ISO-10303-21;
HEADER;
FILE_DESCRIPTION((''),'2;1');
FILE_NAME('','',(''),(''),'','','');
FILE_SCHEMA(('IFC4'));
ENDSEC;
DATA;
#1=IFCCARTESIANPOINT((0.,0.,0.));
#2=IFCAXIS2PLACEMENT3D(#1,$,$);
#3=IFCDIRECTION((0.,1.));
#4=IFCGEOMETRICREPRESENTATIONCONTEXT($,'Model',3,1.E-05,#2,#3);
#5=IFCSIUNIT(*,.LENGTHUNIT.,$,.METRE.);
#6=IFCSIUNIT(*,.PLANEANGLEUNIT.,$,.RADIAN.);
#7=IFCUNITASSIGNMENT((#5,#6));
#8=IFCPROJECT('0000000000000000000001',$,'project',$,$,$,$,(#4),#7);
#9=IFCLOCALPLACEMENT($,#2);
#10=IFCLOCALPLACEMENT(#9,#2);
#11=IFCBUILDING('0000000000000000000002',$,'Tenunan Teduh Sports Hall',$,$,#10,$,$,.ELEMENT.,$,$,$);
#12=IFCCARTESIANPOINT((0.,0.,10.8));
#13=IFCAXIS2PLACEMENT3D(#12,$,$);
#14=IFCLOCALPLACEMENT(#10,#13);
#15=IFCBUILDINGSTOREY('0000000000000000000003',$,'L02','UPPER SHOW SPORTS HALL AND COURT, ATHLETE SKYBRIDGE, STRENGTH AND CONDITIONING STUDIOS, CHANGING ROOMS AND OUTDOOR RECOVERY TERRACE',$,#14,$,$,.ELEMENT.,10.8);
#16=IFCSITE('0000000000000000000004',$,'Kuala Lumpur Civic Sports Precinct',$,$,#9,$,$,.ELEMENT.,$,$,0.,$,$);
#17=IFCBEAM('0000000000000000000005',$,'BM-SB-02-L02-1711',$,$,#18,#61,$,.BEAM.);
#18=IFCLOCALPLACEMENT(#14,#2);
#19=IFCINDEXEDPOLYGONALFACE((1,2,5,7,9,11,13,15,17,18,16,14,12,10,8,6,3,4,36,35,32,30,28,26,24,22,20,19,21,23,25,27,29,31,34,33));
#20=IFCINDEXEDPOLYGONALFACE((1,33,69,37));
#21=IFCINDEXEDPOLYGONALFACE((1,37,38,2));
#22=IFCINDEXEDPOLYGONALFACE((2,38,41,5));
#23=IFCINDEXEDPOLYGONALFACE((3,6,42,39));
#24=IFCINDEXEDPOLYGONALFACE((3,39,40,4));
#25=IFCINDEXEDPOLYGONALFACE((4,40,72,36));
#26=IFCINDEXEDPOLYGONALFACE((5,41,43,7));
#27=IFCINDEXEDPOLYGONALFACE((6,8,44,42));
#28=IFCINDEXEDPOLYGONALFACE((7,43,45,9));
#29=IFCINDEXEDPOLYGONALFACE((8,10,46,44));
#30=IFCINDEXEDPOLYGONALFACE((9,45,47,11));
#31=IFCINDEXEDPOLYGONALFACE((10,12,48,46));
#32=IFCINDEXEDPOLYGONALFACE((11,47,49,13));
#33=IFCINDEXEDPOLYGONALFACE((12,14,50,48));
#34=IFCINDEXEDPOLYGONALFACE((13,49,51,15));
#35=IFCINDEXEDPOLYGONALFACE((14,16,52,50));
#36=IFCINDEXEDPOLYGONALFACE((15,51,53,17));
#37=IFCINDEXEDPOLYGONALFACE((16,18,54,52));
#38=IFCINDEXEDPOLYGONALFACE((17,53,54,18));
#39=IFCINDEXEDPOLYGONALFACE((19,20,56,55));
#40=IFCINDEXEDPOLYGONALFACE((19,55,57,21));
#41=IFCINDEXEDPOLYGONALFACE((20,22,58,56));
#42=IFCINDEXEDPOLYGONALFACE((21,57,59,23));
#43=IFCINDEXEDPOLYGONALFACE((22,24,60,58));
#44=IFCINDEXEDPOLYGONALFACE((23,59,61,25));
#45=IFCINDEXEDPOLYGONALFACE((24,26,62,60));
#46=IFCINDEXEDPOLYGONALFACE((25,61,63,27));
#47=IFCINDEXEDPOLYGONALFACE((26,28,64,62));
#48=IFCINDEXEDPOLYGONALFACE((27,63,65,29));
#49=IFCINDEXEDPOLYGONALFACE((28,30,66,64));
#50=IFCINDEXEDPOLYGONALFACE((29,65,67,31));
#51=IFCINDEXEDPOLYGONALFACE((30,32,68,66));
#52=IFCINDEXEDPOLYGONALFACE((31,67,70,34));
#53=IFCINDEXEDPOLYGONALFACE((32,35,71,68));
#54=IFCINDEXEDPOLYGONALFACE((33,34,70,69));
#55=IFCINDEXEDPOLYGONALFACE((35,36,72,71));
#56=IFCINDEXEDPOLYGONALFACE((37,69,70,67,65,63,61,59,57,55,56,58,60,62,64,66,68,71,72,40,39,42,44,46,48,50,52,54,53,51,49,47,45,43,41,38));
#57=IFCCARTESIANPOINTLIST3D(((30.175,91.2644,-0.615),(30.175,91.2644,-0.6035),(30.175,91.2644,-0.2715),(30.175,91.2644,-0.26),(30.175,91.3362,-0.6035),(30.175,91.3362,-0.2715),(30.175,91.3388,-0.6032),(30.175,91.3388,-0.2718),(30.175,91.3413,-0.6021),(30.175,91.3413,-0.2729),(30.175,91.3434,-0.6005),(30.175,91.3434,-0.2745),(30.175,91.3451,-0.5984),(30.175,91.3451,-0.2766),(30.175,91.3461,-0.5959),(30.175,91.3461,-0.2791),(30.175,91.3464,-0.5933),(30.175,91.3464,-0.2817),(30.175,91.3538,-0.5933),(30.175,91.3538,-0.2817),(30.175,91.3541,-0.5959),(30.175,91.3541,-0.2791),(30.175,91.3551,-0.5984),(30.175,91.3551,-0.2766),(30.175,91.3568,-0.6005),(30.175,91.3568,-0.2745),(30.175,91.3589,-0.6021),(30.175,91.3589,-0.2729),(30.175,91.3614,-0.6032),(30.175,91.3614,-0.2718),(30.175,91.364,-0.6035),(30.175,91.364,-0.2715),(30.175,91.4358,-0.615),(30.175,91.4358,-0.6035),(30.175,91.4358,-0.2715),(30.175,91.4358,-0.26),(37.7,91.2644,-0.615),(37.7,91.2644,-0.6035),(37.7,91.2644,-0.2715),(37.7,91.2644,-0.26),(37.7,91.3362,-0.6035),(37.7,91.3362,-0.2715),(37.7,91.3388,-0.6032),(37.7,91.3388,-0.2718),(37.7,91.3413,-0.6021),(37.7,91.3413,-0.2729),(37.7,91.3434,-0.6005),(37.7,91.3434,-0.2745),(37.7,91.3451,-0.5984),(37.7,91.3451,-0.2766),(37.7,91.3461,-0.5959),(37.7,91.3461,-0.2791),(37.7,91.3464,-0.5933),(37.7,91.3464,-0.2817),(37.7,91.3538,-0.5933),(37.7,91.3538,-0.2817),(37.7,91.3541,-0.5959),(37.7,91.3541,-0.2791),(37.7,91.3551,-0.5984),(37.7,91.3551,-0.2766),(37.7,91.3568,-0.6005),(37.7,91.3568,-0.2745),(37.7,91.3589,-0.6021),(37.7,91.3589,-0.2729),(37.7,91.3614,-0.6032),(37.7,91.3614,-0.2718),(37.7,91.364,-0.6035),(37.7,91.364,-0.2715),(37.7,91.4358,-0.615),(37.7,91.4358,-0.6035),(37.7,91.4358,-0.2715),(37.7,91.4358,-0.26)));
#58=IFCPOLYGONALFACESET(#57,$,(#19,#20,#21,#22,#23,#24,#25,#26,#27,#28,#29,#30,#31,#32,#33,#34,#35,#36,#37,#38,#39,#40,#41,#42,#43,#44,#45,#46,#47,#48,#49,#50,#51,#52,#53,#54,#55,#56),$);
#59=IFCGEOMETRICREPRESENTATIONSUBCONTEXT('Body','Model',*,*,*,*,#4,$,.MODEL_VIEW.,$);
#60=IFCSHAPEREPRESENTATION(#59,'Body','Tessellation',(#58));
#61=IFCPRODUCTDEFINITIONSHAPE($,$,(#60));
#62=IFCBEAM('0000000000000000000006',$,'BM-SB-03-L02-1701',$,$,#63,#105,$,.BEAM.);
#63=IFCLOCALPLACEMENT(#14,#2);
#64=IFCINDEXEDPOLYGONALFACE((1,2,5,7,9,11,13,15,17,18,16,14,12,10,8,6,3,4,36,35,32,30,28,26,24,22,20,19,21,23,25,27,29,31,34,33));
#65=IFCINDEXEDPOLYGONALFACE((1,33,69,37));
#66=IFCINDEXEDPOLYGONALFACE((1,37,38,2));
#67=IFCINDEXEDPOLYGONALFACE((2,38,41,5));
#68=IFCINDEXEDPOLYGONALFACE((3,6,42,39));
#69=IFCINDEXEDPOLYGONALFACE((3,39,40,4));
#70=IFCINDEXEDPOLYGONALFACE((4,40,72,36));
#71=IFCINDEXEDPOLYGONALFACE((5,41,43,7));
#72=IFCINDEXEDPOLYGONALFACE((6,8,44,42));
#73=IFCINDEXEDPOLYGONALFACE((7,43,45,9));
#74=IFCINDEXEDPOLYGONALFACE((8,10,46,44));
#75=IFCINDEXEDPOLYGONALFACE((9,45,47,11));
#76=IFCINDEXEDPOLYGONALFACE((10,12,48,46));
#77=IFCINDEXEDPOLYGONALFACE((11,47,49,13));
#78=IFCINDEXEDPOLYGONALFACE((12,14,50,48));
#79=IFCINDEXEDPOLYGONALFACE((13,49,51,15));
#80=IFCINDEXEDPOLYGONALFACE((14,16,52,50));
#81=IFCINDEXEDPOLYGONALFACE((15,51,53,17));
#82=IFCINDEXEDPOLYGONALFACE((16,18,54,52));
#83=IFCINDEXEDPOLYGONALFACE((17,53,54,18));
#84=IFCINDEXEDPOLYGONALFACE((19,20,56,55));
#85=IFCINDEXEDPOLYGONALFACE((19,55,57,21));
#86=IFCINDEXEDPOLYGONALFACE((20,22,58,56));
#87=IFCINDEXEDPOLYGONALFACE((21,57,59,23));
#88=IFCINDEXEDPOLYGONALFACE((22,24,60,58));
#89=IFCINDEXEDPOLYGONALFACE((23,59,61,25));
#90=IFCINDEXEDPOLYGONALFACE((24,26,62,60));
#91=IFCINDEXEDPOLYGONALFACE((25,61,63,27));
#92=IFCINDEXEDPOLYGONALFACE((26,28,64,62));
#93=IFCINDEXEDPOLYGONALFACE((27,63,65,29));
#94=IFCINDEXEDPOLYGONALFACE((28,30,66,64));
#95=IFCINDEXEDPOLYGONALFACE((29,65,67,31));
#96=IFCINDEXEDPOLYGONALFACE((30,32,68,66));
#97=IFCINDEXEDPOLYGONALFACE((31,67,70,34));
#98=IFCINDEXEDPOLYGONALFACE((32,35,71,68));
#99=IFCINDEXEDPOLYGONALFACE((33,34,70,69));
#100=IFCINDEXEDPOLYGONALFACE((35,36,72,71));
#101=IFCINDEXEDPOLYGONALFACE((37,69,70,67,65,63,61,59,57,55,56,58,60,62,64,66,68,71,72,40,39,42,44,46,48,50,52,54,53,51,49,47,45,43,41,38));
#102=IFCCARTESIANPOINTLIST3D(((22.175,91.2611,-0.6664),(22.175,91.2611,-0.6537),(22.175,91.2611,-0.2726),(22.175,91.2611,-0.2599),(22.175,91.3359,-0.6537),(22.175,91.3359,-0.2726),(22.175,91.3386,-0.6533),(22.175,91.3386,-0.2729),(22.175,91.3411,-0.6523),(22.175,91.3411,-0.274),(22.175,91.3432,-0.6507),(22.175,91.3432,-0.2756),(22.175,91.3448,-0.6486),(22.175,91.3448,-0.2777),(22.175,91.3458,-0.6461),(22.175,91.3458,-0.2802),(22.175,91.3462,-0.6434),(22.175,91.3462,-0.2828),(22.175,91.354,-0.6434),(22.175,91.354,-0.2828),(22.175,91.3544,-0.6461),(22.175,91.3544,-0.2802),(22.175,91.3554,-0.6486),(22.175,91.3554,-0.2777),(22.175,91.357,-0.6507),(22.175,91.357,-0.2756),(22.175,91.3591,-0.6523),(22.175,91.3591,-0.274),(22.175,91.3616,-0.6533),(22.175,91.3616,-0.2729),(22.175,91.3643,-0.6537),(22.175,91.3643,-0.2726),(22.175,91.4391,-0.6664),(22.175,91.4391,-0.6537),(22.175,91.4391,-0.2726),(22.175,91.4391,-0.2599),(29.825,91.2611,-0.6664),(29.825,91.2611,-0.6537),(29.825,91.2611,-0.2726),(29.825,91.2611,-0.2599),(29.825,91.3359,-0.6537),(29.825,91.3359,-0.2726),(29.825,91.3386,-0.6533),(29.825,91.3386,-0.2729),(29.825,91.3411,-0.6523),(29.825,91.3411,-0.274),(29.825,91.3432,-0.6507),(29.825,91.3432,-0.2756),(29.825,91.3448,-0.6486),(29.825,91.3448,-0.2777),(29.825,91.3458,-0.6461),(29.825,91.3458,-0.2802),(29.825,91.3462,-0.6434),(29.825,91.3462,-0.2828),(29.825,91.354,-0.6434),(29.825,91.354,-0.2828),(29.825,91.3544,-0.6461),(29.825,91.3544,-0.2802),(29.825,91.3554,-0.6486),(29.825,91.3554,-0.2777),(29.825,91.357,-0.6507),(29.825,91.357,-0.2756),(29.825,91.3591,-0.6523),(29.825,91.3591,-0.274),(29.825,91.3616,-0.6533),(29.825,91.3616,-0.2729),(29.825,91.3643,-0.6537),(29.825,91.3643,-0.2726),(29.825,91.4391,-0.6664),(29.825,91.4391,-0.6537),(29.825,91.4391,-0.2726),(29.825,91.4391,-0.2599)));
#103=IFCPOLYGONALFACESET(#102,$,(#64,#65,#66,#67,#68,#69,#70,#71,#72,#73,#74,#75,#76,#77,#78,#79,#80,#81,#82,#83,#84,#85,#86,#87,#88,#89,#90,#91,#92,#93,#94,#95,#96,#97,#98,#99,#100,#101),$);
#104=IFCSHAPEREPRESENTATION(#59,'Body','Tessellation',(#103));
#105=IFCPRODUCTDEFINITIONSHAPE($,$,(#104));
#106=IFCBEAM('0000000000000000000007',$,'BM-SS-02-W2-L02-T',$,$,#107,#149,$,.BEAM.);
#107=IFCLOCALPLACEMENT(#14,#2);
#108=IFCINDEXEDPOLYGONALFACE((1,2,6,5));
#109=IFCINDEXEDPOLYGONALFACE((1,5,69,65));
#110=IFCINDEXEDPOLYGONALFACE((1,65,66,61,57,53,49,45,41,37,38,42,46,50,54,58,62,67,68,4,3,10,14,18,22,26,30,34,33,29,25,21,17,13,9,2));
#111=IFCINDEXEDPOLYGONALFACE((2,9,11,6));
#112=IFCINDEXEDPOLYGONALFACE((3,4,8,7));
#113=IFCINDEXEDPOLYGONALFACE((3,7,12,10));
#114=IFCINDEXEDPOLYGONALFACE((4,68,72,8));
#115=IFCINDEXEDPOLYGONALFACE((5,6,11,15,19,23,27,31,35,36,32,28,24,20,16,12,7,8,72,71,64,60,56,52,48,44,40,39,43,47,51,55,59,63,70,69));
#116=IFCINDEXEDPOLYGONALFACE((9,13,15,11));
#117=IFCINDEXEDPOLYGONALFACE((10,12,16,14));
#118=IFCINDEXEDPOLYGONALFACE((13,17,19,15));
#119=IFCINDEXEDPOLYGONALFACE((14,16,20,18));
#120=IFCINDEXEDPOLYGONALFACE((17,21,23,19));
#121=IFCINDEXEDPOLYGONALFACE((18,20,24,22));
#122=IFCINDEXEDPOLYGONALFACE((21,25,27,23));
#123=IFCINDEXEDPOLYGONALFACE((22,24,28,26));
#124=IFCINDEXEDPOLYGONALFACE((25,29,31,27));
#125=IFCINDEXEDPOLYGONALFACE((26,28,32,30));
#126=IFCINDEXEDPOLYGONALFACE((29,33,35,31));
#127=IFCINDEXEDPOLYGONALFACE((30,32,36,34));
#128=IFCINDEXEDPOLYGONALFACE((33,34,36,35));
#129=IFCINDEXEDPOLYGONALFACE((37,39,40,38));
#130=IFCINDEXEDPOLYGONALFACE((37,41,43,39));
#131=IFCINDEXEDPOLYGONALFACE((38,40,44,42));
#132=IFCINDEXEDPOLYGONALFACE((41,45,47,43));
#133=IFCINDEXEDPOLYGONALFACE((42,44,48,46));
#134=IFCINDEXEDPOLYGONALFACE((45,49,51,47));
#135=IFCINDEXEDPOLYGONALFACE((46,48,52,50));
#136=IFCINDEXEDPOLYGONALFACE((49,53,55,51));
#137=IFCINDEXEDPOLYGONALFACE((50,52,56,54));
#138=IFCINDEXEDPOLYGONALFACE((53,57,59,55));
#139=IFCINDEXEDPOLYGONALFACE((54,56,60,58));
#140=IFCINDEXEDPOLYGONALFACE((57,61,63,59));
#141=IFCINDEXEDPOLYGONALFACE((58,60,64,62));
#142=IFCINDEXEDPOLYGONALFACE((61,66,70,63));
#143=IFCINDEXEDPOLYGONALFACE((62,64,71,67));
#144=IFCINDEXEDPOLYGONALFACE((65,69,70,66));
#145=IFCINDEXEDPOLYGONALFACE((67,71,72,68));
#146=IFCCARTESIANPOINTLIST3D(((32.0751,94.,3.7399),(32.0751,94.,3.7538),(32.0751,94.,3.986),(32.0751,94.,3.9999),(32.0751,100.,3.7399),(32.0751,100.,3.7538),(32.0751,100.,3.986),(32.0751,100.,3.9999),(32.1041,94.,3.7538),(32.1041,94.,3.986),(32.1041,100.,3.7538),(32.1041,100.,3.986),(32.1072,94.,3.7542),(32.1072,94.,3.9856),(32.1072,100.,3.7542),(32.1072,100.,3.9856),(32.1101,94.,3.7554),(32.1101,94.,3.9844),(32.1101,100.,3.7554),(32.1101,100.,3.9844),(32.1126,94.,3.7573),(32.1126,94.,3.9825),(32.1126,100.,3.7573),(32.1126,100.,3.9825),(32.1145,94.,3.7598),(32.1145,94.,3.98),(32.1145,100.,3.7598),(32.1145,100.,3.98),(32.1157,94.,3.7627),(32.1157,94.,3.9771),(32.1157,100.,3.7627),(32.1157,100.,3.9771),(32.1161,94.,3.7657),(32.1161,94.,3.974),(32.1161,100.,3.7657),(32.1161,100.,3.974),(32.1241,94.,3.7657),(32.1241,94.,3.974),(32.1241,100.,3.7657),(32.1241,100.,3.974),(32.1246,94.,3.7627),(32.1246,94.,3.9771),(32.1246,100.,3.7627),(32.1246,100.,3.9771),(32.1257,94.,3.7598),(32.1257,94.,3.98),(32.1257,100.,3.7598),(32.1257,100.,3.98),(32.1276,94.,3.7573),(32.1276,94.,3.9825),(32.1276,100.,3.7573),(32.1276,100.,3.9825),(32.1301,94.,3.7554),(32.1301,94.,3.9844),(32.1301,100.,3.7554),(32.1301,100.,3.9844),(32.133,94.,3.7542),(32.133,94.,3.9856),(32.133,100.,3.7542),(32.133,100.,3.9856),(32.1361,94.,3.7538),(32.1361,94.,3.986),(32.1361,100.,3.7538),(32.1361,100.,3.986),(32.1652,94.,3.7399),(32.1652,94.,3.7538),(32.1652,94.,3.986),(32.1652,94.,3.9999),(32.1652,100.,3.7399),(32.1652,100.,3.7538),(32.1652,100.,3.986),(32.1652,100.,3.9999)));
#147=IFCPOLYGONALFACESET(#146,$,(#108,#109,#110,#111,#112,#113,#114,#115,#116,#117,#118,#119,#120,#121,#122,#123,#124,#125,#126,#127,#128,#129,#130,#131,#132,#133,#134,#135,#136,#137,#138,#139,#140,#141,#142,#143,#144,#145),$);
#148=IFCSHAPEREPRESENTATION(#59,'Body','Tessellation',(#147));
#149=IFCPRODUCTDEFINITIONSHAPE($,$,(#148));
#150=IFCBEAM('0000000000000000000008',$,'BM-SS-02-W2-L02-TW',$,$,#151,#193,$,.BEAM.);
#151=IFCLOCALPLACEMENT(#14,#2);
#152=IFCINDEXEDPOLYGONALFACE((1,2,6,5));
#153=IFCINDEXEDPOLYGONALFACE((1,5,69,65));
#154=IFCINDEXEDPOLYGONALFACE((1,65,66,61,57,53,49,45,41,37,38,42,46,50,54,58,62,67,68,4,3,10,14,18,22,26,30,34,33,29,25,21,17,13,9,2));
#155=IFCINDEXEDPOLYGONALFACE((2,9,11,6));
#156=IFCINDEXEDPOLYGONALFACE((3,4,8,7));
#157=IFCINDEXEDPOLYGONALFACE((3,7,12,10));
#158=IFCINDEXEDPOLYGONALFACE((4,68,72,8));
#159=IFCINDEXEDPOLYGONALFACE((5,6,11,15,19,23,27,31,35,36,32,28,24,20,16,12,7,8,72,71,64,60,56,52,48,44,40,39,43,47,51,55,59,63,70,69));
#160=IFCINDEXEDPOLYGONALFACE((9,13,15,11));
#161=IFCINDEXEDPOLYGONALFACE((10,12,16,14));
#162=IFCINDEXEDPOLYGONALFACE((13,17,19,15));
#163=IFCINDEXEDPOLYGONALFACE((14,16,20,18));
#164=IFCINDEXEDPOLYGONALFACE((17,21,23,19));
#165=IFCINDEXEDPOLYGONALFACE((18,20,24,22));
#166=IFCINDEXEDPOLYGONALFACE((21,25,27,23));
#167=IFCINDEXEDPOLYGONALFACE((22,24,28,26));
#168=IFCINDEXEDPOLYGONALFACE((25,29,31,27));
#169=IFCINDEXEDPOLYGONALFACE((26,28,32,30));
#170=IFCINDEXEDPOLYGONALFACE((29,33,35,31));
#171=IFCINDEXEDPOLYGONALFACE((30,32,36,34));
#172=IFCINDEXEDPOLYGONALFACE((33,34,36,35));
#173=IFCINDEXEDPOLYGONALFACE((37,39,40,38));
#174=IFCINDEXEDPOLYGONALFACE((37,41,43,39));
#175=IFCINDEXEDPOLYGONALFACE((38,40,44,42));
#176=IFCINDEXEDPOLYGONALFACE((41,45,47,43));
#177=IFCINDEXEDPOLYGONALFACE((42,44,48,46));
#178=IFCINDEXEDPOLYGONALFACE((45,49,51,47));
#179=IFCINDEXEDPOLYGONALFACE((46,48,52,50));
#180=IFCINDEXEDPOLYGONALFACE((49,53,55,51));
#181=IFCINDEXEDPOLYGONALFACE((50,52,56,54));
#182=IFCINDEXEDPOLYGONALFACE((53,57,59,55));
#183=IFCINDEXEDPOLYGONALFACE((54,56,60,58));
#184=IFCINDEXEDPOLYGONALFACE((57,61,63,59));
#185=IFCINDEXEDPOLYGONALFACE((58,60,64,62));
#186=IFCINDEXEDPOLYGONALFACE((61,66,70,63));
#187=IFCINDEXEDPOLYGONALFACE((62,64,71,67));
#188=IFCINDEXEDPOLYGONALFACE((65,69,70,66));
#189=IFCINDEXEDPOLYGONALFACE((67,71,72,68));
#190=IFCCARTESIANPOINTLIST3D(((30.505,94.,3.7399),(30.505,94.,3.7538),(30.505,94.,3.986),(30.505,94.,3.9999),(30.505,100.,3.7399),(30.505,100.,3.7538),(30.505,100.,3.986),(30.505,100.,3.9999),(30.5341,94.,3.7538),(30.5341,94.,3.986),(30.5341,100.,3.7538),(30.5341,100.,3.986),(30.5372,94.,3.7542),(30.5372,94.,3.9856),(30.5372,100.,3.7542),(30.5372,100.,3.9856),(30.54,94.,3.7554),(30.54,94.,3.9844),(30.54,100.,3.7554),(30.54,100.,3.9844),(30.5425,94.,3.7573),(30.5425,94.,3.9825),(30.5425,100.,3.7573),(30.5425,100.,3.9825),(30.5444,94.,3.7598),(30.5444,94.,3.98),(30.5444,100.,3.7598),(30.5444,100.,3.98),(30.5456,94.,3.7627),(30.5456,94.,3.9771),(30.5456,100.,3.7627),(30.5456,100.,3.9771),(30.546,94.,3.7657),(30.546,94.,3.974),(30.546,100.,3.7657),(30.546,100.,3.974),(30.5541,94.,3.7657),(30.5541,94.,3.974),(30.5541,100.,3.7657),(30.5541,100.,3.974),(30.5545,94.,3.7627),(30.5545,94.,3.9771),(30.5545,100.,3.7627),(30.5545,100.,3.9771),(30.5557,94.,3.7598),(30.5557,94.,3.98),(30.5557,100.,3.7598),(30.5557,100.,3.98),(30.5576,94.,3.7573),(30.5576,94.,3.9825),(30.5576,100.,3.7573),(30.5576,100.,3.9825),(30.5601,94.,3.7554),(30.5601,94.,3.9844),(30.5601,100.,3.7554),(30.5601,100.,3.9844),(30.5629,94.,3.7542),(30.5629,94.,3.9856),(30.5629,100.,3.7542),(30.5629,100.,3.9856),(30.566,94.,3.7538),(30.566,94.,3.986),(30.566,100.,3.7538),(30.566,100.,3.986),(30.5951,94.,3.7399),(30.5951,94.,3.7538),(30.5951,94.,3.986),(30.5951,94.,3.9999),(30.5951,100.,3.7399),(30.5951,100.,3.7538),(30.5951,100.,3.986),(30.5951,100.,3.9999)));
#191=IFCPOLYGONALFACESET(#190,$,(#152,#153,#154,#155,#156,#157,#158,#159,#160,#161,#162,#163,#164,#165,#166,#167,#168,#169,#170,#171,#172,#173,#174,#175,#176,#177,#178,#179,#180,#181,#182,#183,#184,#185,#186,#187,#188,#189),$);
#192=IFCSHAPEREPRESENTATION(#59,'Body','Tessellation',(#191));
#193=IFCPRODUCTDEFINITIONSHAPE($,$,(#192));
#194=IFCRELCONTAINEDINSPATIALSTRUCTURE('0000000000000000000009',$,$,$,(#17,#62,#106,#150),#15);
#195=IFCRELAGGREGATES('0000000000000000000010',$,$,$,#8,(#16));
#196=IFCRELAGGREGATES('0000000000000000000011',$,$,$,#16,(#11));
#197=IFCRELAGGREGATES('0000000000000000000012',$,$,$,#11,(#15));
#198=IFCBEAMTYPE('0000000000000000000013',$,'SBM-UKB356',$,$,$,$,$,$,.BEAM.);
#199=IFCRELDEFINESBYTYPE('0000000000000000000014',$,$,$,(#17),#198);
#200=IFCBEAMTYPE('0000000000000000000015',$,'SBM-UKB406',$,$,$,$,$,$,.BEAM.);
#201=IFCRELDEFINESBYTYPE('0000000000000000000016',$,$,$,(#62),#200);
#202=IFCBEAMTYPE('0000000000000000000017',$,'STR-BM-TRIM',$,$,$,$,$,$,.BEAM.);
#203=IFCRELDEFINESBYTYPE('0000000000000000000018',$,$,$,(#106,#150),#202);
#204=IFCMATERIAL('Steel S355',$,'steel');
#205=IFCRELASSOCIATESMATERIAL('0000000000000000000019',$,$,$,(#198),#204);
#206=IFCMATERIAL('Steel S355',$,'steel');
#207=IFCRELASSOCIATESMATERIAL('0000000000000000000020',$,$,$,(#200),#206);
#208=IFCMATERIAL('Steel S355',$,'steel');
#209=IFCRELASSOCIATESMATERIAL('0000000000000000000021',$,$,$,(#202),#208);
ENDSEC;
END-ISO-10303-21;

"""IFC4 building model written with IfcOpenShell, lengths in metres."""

from ifc_helpers import new_model, si_unit, direction, frame, origin, origin_2d, place, context, subcontext, project, spatial, i_section, extrude, material, material_profile, profile_set, type_object, element, save


model = new_model("IFC4")

# Units and contexts
model_context = context("Model", 3, precision=1e-05, world=origin(), true_north=direction((0.0, 1.0)))
body_context = subcontext(model_context, "Body", "Model", "MODEL_VIEW")
ifc_project = project(units=[si_unit("LENGTHUNIT", "METRE"), si_unit("PLANEANGLEUNIT", "RADIAN")], contexts=[model_context])

# Site, building, storey
site_placement = place(None, origin())
site = spatial("IfcSite", under=ifc_project, at=site_placement, Name="Kuala Lumpur Civic Sports Precinct", CompositionType="ELEMENT", RefElevation=0.0)
building_placement = place(site_placement, origin())
building = spatial("IfcBuilding", under=site, at=building_placement, Name="Tenunan Teduh Sports Hall", CompositionType="ELEMENT")
storey_placement = place(building_placement, frame((0.0, 0.0, 10.8)))
storey = spatial("IfcBuildingStorey", under=building, at=storey_placement, Name="L02", Description="UPPER SHOW SPORTS HALL AND COURT, ATHLETE SKYBRIDGE, STRENGTH AND CONDITIONING STUDIOS, CHANGING ROOMS AND OUTDOOR RECOVERY TERRACE", CompositionType="ELEMENT", Elevation=10.8)

# Beams
ifc_material_1 = material(Name="Steel S355", Category="steel")
ifc_material_profile_1 = material_profile(ifc_material_1, i_section(OverallWidth=0.1714, OverallDepth=0.355, WebThickness=0.0073, FlangeThickness=0.0115, FilletRadius=0.0103, at=origin_2d()), Name="UKB 356x171x51")
ifc_profile_set_1 = profile_set([ifc_material_profile_1], Name="Steel S355")
beam_type_1 = type_object("IfcBeamType", Name="SBM-UKB356", PredefinedType="BEAM", material=ifc_profile_set_1)
beam_1_placement = place(storey_placement, frame((30.175, 91.3501, -0.4375), z_axis=(1.0, 0.0, 0.0), x_axis=(0.0, 1.0, 0.0)))
element("IfcBeam", 1, at=beam_1_placement, inside=storey, type_object=beam_type_1, Name="BM-SB-02-L02-1711", PredefinedType="BEAM", context=body_context, shape_type="SweptSolid", body=[
    extrude(i_section(OverallWidth=0.1714, OverallDepth=0.355, WebThickness=0.0073, FlangeThickness=0.0115, FilletRadius=0.0103, at=origin_2d()), origin(), (0.0, 0.0, 1.0), 7.5249),
])
ifc_material_2 = material(Name="Steel S355", Category="steel")
ifc_material_profile_2 = material_profile(ifc_material_2, i_section(OverallWidth=0.178, OverallDepth=0.4065, WebThickness=0.0078, FlangeThickness=0.0127, FilletRadius=0.0103, at=origin_2d()), Name="UKB 406x178x60")
ifc_profile_set_2 = profile_set([ifc_material_profile_2], Name="Steel S355")
beam_type_2 = type_object("IfcBeamType", Name="SBM-UKB406", PredefinedType="BEAM", material=ifc_profile_set_2)
beam_2_placement = place(storey_placement, frame((22.175, 91.3501, -0.4631), z_axis=(1.0, 0.0, 0.0), x_axis=(0.0, 1.0, 0.0)))
element("IfcBeam", 2, at=beam_2_placement, inside=storey, type_object=beam_type_2, Name="BM-SB-03-L02-1701", PredefinedType="BEAM", context=body_context, shape_type="SweptSolid", body=[
    extrude(i_section(OverallWidth=0.178, OverallDepth=0.4065, WebThickness=0.0078, FlangeThickness=0.0127, FilletRadius=0.0103, at=origin_2d()), origin(), (0.0, 0.0, 1.0), 7.6499),
])
ifc_material_3 = material(Name="Steel S355", Category="steel")
ifc_material_profile_3 = material_profile(ifc_material_3, i_section(OverallWidth=0.0901, OverallDepth=0.26, WebThickness=0.0081, FlangeThickness=0.0139, FilletRadius=0.012, at=origin_2d()), Name="PFC 260x90")
ifc_profile_set_3 = profile_set([ifc_material_profile_3], Name="Steel S355")
beam_type_3 = type_object("IfcBeamType", Name="STR-BM-TRIM", PredefinedType="BEAM", material=ifc_profile_set_3)
for number, where, z_axis, x_axis, name in (
    (3, (32.1201, 94.0, 3.8699), (0.0, 1.0, 0.0), (-1.0, 0.0, 0.0), "BM-SS-02-W2-L02-T"),
    (4, (30.55, 94.0, 3.8699), (0.0, 1.0, 0.0), (-1.0, 0.0, 0.0), "BM-SS-02-W2-L02-TW"),
):
    element("IfcBeam", number, at=place(storey_placement, frame(where, z_axis=z_axis, x_axis=x_axis)), inside=storey, type_object=beam_type_3, Name=name, PredefinedType="BEAM", context=body_context, shape_type="SweptSolid", body=[
        extrude(i_section(OverallWidth=0.0901, OverallDepth=0.26, WebThickness=0.0081, FlangeThickness=0.0139, FilletRadius=0.012, at=origin_2d()), origin(), (0.0, 0.0, 1.0), 6.0),
    ])

save(model, "model.ifc")
